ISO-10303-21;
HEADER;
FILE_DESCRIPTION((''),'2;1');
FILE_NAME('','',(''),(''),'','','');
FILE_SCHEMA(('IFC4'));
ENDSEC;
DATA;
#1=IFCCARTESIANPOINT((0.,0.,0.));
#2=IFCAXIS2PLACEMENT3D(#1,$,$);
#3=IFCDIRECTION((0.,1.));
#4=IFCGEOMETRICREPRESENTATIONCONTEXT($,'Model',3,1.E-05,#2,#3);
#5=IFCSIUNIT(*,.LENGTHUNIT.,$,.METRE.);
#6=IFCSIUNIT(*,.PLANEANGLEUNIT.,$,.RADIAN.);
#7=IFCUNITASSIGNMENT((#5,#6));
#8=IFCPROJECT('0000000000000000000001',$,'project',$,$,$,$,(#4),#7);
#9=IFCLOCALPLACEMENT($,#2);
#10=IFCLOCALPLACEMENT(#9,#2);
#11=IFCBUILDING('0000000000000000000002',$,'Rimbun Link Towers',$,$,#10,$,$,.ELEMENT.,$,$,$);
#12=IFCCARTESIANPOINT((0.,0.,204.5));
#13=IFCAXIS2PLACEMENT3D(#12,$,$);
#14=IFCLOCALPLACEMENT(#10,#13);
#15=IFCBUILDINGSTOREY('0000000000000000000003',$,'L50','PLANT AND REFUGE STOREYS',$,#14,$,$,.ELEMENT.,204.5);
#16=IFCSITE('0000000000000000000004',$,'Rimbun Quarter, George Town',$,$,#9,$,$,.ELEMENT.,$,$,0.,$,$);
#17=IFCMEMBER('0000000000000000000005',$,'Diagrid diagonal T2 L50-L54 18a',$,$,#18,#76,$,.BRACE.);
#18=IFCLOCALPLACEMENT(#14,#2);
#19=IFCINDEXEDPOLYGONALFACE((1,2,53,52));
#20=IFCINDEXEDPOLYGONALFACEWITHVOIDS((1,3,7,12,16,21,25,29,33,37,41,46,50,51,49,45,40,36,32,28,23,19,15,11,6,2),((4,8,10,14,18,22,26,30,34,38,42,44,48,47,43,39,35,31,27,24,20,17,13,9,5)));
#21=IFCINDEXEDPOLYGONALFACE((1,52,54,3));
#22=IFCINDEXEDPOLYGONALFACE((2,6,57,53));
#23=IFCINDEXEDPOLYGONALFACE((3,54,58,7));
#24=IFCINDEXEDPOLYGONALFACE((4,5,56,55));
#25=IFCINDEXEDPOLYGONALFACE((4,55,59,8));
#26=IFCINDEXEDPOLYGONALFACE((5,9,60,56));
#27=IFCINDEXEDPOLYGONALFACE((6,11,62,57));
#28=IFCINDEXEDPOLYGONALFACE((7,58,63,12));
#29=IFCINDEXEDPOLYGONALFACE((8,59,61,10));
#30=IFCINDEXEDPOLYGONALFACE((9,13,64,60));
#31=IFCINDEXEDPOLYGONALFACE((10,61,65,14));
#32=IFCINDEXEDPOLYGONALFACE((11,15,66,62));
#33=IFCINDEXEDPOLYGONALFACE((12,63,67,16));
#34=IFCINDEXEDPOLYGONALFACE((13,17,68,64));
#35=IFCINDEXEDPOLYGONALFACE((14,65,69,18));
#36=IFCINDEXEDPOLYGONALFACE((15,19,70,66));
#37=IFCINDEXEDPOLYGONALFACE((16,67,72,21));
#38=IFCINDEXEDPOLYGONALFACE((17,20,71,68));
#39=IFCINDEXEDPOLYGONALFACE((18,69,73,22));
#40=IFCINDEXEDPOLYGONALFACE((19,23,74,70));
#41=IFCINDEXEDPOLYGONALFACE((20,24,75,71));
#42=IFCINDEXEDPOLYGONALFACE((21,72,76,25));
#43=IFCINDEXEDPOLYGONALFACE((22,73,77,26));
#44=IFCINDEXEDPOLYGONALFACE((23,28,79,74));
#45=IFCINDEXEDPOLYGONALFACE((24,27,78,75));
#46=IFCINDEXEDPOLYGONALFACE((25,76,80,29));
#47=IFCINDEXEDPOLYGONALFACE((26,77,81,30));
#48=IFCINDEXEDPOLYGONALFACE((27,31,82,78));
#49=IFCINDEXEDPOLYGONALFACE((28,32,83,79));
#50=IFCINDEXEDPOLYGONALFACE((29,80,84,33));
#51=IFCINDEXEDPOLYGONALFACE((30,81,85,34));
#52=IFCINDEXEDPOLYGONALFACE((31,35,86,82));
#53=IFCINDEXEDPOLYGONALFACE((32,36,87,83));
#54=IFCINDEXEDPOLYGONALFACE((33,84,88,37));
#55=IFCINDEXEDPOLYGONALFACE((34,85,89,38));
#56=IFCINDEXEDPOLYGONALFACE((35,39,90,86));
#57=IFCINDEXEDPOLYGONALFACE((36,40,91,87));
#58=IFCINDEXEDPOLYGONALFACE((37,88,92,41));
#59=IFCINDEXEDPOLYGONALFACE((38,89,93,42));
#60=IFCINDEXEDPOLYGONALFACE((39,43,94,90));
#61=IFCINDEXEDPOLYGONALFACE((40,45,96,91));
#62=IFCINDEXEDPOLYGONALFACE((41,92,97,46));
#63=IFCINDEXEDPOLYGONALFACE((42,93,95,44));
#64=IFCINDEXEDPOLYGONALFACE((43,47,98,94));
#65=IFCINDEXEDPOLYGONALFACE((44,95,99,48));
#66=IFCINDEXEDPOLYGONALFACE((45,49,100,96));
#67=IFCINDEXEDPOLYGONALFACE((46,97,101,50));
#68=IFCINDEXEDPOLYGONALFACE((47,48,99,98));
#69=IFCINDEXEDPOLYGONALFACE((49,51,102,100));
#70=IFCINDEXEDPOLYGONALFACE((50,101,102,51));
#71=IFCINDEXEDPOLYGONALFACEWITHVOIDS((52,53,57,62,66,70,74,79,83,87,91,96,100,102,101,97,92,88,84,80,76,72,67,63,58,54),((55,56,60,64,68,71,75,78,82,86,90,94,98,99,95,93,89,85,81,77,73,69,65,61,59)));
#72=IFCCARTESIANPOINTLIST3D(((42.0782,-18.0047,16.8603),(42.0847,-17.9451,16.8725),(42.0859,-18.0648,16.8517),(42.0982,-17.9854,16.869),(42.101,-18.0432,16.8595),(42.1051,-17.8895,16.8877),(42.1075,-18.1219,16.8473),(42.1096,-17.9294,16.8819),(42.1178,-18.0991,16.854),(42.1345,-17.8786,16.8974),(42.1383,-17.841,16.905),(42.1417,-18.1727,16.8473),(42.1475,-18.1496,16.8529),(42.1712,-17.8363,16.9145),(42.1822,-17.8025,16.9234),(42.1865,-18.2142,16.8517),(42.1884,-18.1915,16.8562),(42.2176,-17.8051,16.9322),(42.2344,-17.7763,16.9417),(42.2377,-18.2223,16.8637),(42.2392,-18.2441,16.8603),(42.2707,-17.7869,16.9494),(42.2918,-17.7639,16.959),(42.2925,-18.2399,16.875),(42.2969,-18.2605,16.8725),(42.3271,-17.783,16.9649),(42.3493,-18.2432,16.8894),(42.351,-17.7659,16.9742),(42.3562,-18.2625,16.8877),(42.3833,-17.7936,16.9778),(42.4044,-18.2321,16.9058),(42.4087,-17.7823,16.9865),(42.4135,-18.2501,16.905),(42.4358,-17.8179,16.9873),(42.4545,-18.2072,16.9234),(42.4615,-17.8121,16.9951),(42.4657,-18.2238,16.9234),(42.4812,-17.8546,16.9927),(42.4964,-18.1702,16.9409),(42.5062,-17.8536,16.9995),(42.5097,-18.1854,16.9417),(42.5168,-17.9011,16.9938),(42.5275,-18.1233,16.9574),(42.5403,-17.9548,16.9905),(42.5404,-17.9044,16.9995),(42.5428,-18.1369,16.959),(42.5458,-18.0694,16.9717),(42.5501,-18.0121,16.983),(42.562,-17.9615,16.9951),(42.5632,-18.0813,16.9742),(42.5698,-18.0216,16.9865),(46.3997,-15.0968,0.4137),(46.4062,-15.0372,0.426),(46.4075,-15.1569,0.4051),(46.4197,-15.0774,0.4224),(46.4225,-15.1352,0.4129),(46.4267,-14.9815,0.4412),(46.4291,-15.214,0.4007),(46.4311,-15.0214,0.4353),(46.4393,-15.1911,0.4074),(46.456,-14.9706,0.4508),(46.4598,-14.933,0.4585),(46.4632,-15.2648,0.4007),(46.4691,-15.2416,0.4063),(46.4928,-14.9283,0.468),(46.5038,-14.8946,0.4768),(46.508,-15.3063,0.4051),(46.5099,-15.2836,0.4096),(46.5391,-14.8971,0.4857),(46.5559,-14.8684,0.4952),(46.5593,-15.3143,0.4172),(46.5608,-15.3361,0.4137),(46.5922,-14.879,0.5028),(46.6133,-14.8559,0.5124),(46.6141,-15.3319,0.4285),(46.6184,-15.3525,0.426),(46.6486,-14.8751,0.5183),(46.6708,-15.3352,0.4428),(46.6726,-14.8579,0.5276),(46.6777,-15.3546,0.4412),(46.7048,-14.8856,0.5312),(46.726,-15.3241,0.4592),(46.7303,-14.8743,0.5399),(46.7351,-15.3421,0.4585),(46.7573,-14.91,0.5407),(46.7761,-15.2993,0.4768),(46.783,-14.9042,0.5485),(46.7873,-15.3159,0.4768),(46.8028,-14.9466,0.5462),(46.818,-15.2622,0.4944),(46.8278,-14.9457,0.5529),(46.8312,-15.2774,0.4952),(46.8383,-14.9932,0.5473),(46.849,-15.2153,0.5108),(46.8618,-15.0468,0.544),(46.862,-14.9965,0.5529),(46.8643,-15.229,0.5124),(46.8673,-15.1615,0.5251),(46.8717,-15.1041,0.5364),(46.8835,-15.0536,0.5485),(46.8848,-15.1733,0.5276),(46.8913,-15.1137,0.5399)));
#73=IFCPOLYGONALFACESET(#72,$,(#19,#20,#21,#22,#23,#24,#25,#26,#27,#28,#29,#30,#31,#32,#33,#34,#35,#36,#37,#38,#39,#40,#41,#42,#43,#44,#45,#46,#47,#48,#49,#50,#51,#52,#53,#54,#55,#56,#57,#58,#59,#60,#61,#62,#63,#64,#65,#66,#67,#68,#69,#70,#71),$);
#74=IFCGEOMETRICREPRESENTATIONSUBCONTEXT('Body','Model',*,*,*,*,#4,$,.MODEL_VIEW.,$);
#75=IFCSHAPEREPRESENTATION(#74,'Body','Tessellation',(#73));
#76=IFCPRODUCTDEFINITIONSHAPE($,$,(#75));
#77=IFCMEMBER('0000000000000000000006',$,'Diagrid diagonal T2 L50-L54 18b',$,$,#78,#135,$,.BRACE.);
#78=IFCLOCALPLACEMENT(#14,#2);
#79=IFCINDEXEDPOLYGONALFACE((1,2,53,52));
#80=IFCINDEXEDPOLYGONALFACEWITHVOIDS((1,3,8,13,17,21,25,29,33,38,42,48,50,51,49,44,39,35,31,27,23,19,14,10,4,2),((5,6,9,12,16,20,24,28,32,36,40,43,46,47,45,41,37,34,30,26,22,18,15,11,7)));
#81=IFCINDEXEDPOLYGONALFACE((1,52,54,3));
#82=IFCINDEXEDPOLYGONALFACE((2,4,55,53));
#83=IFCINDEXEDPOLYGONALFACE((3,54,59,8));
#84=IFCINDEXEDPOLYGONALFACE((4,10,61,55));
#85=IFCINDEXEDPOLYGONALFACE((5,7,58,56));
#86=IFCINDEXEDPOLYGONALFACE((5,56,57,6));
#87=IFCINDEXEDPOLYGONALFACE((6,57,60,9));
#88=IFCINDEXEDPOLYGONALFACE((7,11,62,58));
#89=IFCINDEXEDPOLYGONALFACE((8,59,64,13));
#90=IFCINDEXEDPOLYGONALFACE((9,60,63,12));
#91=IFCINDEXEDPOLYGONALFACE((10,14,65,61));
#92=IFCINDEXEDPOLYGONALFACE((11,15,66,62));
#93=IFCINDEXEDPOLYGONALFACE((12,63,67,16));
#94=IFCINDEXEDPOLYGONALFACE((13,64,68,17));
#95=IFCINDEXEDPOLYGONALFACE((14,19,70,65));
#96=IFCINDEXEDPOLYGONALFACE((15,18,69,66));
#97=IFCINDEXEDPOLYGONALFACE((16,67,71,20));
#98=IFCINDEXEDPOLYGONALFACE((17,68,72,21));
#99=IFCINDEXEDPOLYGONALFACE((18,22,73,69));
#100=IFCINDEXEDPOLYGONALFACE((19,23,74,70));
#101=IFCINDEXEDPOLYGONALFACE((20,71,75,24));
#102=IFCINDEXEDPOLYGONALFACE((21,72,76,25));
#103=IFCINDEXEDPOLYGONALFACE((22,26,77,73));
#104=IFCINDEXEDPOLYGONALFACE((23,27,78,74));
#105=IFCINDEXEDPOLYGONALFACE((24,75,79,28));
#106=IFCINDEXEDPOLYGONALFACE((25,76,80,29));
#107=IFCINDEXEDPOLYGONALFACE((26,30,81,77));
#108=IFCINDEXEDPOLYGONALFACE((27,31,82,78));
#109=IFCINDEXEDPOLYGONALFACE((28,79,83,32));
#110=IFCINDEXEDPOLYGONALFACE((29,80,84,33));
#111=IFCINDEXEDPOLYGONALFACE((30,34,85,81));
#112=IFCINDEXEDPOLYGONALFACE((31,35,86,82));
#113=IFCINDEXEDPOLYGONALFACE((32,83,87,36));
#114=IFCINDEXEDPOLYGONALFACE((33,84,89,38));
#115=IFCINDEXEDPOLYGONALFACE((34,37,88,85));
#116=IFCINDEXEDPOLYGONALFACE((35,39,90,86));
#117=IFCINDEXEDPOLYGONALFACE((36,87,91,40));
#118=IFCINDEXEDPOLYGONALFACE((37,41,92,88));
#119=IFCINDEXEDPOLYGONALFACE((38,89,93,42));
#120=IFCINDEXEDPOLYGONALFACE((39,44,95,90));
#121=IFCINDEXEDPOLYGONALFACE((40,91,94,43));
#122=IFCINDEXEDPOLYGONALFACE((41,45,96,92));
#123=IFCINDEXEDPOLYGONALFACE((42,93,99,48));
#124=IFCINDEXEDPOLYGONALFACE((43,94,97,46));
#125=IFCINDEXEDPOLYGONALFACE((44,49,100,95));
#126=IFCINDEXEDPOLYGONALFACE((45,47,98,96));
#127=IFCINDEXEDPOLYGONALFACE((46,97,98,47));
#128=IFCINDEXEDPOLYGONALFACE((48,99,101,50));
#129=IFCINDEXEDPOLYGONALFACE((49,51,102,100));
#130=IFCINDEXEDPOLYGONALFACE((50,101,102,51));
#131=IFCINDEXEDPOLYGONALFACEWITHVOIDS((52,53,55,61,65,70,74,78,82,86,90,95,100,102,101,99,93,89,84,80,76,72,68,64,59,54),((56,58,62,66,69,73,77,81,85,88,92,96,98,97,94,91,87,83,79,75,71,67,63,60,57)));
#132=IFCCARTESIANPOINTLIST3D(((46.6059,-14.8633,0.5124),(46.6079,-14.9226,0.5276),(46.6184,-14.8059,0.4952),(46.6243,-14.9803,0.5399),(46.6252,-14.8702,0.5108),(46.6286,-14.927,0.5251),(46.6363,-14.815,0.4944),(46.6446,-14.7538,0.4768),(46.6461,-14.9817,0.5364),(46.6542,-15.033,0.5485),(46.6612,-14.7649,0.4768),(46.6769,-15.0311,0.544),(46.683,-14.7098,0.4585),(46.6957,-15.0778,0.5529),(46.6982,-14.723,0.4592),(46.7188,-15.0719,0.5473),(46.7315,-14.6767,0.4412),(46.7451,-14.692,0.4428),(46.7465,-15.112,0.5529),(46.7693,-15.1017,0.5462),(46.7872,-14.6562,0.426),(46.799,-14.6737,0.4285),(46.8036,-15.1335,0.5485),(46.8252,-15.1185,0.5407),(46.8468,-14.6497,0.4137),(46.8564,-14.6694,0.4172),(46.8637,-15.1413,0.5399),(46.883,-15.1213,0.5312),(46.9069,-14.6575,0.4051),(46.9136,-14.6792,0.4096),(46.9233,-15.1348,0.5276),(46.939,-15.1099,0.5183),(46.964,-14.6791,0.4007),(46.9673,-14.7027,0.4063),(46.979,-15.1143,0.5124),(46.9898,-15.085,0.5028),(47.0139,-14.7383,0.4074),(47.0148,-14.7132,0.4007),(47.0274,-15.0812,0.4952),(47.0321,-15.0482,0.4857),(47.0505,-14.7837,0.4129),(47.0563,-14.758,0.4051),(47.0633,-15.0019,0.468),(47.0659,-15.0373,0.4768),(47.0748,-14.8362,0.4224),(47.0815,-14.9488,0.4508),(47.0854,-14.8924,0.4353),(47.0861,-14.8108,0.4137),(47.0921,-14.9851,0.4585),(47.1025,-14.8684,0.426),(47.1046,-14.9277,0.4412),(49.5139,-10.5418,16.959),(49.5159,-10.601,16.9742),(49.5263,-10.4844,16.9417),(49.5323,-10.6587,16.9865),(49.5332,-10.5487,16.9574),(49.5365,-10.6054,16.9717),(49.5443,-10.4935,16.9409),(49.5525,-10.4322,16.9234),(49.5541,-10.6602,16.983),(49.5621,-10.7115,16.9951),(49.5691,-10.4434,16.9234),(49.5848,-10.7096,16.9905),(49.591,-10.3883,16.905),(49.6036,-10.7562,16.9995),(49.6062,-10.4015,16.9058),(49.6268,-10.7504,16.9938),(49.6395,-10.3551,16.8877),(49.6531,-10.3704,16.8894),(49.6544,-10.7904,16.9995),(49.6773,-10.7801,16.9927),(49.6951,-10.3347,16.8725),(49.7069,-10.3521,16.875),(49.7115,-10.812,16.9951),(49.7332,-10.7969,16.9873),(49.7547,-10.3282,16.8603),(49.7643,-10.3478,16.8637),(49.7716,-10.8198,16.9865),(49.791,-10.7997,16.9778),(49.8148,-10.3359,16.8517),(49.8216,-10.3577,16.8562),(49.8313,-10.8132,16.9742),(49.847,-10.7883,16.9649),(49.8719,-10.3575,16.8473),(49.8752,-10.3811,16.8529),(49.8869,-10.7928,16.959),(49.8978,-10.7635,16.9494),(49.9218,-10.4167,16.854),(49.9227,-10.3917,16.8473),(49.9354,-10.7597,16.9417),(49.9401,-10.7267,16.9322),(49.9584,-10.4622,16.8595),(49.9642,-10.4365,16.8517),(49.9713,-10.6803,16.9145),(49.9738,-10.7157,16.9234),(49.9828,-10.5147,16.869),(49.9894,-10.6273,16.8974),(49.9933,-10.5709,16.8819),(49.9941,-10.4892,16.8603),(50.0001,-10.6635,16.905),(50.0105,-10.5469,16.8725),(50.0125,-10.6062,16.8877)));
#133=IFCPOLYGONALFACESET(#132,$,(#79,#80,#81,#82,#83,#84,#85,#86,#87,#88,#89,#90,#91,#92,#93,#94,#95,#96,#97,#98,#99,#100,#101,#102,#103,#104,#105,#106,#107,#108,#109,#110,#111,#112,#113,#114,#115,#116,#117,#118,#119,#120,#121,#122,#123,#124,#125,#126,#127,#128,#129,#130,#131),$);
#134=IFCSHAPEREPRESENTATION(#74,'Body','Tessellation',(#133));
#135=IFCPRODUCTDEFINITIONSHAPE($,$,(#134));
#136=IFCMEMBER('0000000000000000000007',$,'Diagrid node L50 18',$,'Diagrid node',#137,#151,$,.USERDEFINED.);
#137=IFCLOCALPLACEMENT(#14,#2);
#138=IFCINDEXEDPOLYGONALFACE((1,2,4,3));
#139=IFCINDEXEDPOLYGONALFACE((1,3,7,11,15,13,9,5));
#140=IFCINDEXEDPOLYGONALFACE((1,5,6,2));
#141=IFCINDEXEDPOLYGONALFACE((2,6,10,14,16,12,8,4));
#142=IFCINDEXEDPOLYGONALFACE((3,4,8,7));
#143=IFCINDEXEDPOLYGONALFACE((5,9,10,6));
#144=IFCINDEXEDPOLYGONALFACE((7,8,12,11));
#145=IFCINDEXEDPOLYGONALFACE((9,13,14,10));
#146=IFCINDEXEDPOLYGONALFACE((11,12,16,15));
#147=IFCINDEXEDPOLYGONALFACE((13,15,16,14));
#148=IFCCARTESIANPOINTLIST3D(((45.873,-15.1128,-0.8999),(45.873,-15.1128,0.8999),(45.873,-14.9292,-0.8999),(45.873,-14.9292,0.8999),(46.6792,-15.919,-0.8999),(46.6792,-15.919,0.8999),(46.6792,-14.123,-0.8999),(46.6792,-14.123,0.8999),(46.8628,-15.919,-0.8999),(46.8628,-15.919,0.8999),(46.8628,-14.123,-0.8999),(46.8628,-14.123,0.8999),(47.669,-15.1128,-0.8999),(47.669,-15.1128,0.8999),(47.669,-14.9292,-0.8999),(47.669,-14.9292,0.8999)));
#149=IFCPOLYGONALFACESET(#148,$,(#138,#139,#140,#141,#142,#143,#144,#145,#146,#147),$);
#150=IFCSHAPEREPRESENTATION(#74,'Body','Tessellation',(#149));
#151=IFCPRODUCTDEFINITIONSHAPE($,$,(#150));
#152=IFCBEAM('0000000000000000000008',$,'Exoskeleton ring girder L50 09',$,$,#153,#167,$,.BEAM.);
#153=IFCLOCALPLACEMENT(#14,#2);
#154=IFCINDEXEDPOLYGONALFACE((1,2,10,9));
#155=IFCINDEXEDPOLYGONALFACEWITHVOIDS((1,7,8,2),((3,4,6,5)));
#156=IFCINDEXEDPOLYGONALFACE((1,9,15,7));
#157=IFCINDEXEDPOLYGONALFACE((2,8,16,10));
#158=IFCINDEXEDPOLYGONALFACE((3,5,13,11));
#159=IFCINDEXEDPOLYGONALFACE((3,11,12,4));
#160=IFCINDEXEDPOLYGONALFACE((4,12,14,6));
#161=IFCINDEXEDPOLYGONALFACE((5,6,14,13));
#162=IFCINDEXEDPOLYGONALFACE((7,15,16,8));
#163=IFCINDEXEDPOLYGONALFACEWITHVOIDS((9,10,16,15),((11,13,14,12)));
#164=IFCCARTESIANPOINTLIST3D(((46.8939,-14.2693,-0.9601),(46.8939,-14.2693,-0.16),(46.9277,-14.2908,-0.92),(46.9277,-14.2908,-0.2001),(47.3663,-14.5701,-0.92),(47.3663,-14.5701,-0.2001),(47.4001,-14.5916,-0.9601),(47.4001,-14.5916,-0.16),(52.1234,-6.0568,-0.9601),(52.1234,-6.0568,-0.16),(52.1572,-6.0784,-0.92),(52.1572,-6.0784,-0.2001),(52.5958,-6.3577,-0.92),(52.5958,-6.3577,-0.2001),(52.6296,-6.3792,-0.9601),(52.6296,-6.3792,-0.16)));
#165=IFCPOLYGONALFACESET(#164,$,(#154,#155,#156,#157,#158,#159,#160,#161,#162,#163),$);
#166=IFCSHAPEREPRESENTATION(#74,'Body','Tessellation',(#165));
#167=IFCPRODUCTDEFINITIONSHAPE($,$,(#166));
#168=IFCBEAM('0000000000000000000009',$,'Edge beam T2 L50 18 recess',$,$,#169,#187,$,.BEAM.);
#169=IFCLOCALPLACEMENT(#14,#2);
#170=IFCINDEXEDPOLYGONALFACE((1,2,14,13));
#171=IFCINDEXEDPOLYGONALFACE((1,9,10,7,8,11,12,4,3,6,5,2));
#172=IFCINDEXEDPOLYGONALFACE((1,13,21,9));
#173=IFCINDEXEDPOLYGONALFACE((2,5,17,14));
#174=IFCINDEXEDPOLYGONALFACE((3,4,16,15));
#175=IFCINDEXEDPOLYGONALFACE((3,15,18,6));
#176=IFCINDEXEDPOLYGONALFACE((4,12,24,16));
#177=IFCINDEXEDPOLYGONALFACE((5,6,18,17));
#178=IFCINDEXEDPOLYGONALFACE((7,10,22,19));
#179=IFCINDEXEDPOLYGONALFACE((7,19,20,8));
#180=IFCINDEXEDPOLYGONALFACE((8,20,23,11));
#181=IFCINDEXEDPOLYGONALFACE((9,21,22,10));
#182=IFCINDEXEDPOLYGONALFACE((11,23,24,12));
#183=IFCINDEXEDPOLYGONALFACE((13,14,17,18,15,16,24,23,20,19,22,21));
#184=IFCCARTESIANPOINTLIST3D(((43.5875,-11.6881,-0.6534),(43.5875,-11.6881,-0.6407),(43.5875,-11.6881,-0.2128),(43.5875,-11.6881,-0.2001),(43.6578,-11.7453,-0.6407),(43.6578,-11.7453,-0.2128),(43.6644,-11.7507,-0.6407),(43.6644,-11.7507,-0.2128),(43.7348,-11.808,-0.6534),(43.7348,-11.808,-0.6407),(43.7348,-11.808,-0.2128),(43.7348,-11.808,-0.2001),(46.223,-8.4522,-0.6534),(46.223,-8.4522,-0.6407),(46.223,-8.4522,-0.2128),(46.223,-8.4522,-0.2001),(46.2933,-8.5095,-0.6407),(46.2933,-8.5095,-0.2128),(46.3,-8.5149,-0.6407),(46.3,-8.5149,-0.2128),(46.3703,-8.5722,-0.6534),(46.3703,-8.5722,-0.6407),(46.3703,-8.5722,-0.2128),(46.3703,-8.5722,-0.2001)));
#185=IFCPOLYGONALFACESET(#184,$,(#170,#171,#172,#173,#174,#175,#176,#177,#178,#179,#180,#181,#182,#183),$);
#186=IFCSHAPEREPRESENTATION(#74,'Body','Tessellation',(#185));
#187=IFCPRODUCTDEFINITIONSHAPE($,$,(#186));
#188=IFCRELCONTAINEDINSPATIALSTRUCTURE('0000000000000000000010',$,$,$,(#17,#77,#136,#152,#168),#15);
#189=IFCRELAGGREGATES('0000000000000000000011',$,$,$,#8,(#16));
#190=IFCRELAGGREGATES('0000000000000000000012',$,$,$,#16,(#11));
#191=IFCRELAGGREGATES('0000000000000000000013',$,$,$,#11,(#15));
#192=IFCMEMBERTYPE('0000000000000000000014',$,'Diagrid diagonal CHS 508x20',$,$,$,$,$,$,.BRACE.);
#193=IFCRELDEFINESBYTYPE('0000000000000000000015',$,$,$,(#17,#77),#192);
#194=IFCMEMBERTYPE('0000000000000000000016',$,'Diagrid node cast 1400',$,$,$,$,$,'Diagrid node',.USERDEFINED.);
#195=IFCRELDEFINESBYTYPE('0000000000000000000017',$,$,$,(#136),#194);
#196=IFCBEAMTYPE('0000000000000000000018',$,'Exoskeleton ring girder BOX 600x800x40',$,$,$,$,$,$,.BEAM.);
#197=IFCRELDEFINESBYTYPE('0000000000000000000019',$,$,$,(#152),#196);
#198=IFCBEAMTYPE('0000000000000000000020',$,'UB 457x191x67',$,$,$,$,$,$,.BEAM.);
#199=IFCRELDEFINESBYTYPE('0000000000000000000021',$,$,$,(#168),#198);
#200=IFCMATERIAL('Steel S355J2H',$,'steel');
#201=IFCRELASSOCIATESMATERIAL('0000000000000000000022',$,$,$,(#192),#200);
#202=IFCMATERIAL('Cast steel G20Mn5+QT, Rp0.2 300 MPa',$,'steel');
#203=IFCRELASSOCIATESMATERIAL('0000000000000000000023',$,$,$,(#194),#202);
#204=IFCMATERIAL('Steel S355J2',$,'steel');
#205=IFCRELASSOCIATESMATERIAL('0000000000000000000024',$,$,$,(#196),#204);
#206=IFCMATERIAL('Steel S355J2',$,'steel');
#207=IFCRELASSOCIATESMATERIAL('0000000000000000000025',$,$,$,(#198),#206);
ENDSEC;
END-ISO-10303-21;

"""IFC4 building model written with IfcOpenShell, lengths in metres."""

from ifc_helpers import new_model, si_unit, direction, frame, origin, origin_2d, place, context, subcontext, project, spatial, polyline, hollow_rectangle, hollow_circle, i_section, outline, extrude, material, material_profile, profile_set, type_object, element, save


model = new_model("IFC4")

# Units and contexts
model_context = context("Model", 3, precision=1e-05, world=origin(), true_north=direction((0.0, 1.0)))
body_context = subcontext(model_context, "Body", "Model", "MODEL_VIEW")
ifc_project = project(units=[si_unit("LENGTHUNIT", "METRE"), si_unit("PLANEANGLEUNIT", "RADIAN")], contexts=[model_context])

# Site, building, storey
site_placement = place(None, origin())
site = spatial("IfcSite", under=ifc_project, at=site_placement, Name="Rimbun Quarter, George Town", CompositionType="ELEMENT", RefElevation=0.0)
building_placement = place(site_placement, origin())
building = spatial("IfcBuilding", under=site, at=building_placement, Name="Rimbun Link Towers", CompositionType="ELEMENT")
storey_placement = place(building_placement, frame((0.0, 0.0, 204.5)))
storey = spatial("IfcBuildingStorey", under=building, at=storey_placement, Name="L50", Description="PLANT AND REFUGE STOREYS", CompositionType="ELEMENT", Elevation=204.5)

# Members
ifc_material_1 = material(Name="Steel S355J2H", Category="steel")
ifc_material_profile_1 = material_profile(ifc_material_1, hollow_circle(Radius=0.2539, WallThickness=0.02, at=origin_2d()), Name="Diagrid diagonal CHS 508x20")
ifc_profile_set_1 = profile_set([ifc_material_profile_1], Name="Steel S355J2H")
member_type_1 = type_object("IfcMemberType", Name="Diagrid diagonal CHS 508x20", PredefinedType="BRACE", material=ifc_profile_set_1)
for number, where, z_axis, x_axis, name in (
    (1, (46.6455, -15.1052, 0.4768), (-0.250499, -0.168561, 0.95333), (0.558275, -0.829656, 0.0), "Diagrid diagonal T2 L50-L54 18a"),
    (2, (46.8552, -14.8955, 0.4768), (0.168561, 0.250499, 0.95333), (-0.829656, 0.558275, 0.0), "Diagrid diagonal T2 L50-L54 18b"),
):
    element("IfcMember", number, at=place(storey_placement, frame(where, z_axis=z_axis, x_axis=x_axis)), inside=storey, type_object=member_type_1, Name=name, PredefinedType="BRACE", context=body_context, shape_type="SweptSolid", body=[
        extrude(hollow_circle(Radius=0.2539, WallThickness=0.02, at=origin_2d()), origin(), (0.0, 0.0, 1.0), 17.2517),
    ])
ifc_material_2 = material(Name="Cast steel G20Mn5+QT, Rp0.2 300 MPa", Category="steel")
ifc_material_profile_2 = material_profile(ifc_material_2, outline(polyline([(0.7, -0.5701), (0.7, 0.5701), (0.5701, 0.7), (-0.5701, 0.7), (-0.7, 0.5701), (-0.7, -0.5701), (-0.5701, -0.7), (0.5701, -0.7), (0.7, -0.5701)])), Name="NODE 1400x1400")
ifc_profile_set_2 = profile_set([ifc_material_profile_2], Name="Cast steel G20Mn5+QT, Rp0.2 300 MPa")
member_type_2 = type_object("IfcMemberType", Name="Diagrid node cast 1400", ElementType="Diagrid node", PredefinedType="USERDEFINED", material=ifc_profile_set_2)
member_1_placement = place(storey_placement, frame((46.771, -15.021, -0.8999), z_axis=(0.0, 0.0, 1.0), x_axis=(0.707107, -0.707107, 0.0)))
element("IfcMember", 3, at=member_1_placement, inside=storey, type_object=member_type_2, Name="Diagrid node L50 18", ObjectType="Diagrid node", PredefinedType="USERDEFINED", context=body_context, shape_type="SweptSolid", body=[
    extrude(outline(polyline([(0.7, -0.5701), (0.7, 0.5701), (0.5701, 0.7), (-0.5701, 0.7), (-0.7, 0.5701), (-0.7, -0.5701), (-0.5701, -0.7), (0.5701, -0.7), (0.7, -0.5701)])), origin(), (0.0, 0.0, 1.0), 1.7998),
])

# Beams
ifc_material_3 = material(Name="Steel S355J2", Category="steel")
ifc_material_profile_3 = material_profile(ifc_material_3, hollow_rectangle(XDim=0.6001, YDim=0.8, WallThickness=0.04, at=origin_2d()), Name="Exoskeleton ring girder BOX 600x800x40")
ifc_profile_set_3 = profile_set([ifc_material_profile_3], Name="Steel S355J2")
beam_type_1 = type_object("IfcBeamType", Name="Exoskeleton ring girder BOX 600x800x40", PredefinedType="BEAM", material=ifc_profile_set_3)
beam_1_placement = place(storey_placement, frame((47.147, -14.4304, -0.5601), z_axis=(0.537125, 0.843502, 0.0), x_axis=(-0.843502, 0.537125, 0.0)))
element("IfcBeam", 4, at=beam_1_placement, inside=storey, type_object=beam_type_1, Name="Exoskeleton ring girder L50 09", PredefinedType="BEAM", context=body_context, shape_type="SweptSolid", body=[
    extrude(hollow_rectangle(XDim=0.6001, YDim=0.8, WallThickness=0.04, at=origin_2d()), origin(), (0.0, 0.0, 1.0), 9.7361),
])
ifc_material_4 = material(Name="Steel S355J2", Category="steel")
ifc_material_profile_4 = material_profile(ifc_material_4, i_section(OverallWidth=0.1899, OverallDepth=0.4534, WebThickness=0.0085, FlangeThickness=0.0127, at=origin_2d()), Name="UB 457x191x67")
ifc_profile_set_4 = profile_set([ifc_material_profile_4], Name="Steel S355J2")
beam_type_2 = type_object("IfcBeamType", Name="UB 457x191x67", PredefinedType="BEAM", material=ifc_profile_set_4)
beam_2_placement = place(storey_placement, frame((43.6611, -11.748, -0.4268), z_axis=(0.631513, 0.775365, 0.0), x_axis=(-0.775365, 0.631513, 0.0)))
element("IfcBeam", 5, at=beam_2_placement, inside=storey, type_object=beam_type_2, Name="Edge beam T2 L50 18 recess", PredefinedType="BEAM", context=body_context, shape_type="SweptSolid", body=[
    extrude(i_section(OverallWidth=0.1899, OverallDepth=0.4534, WebThickness=0.0085, FlangeThickness=0.0127, at=origin_2d()), origin(), (0.0, 0.0, 1.0), 4.1733),
])

save(model, "model.ifc")
